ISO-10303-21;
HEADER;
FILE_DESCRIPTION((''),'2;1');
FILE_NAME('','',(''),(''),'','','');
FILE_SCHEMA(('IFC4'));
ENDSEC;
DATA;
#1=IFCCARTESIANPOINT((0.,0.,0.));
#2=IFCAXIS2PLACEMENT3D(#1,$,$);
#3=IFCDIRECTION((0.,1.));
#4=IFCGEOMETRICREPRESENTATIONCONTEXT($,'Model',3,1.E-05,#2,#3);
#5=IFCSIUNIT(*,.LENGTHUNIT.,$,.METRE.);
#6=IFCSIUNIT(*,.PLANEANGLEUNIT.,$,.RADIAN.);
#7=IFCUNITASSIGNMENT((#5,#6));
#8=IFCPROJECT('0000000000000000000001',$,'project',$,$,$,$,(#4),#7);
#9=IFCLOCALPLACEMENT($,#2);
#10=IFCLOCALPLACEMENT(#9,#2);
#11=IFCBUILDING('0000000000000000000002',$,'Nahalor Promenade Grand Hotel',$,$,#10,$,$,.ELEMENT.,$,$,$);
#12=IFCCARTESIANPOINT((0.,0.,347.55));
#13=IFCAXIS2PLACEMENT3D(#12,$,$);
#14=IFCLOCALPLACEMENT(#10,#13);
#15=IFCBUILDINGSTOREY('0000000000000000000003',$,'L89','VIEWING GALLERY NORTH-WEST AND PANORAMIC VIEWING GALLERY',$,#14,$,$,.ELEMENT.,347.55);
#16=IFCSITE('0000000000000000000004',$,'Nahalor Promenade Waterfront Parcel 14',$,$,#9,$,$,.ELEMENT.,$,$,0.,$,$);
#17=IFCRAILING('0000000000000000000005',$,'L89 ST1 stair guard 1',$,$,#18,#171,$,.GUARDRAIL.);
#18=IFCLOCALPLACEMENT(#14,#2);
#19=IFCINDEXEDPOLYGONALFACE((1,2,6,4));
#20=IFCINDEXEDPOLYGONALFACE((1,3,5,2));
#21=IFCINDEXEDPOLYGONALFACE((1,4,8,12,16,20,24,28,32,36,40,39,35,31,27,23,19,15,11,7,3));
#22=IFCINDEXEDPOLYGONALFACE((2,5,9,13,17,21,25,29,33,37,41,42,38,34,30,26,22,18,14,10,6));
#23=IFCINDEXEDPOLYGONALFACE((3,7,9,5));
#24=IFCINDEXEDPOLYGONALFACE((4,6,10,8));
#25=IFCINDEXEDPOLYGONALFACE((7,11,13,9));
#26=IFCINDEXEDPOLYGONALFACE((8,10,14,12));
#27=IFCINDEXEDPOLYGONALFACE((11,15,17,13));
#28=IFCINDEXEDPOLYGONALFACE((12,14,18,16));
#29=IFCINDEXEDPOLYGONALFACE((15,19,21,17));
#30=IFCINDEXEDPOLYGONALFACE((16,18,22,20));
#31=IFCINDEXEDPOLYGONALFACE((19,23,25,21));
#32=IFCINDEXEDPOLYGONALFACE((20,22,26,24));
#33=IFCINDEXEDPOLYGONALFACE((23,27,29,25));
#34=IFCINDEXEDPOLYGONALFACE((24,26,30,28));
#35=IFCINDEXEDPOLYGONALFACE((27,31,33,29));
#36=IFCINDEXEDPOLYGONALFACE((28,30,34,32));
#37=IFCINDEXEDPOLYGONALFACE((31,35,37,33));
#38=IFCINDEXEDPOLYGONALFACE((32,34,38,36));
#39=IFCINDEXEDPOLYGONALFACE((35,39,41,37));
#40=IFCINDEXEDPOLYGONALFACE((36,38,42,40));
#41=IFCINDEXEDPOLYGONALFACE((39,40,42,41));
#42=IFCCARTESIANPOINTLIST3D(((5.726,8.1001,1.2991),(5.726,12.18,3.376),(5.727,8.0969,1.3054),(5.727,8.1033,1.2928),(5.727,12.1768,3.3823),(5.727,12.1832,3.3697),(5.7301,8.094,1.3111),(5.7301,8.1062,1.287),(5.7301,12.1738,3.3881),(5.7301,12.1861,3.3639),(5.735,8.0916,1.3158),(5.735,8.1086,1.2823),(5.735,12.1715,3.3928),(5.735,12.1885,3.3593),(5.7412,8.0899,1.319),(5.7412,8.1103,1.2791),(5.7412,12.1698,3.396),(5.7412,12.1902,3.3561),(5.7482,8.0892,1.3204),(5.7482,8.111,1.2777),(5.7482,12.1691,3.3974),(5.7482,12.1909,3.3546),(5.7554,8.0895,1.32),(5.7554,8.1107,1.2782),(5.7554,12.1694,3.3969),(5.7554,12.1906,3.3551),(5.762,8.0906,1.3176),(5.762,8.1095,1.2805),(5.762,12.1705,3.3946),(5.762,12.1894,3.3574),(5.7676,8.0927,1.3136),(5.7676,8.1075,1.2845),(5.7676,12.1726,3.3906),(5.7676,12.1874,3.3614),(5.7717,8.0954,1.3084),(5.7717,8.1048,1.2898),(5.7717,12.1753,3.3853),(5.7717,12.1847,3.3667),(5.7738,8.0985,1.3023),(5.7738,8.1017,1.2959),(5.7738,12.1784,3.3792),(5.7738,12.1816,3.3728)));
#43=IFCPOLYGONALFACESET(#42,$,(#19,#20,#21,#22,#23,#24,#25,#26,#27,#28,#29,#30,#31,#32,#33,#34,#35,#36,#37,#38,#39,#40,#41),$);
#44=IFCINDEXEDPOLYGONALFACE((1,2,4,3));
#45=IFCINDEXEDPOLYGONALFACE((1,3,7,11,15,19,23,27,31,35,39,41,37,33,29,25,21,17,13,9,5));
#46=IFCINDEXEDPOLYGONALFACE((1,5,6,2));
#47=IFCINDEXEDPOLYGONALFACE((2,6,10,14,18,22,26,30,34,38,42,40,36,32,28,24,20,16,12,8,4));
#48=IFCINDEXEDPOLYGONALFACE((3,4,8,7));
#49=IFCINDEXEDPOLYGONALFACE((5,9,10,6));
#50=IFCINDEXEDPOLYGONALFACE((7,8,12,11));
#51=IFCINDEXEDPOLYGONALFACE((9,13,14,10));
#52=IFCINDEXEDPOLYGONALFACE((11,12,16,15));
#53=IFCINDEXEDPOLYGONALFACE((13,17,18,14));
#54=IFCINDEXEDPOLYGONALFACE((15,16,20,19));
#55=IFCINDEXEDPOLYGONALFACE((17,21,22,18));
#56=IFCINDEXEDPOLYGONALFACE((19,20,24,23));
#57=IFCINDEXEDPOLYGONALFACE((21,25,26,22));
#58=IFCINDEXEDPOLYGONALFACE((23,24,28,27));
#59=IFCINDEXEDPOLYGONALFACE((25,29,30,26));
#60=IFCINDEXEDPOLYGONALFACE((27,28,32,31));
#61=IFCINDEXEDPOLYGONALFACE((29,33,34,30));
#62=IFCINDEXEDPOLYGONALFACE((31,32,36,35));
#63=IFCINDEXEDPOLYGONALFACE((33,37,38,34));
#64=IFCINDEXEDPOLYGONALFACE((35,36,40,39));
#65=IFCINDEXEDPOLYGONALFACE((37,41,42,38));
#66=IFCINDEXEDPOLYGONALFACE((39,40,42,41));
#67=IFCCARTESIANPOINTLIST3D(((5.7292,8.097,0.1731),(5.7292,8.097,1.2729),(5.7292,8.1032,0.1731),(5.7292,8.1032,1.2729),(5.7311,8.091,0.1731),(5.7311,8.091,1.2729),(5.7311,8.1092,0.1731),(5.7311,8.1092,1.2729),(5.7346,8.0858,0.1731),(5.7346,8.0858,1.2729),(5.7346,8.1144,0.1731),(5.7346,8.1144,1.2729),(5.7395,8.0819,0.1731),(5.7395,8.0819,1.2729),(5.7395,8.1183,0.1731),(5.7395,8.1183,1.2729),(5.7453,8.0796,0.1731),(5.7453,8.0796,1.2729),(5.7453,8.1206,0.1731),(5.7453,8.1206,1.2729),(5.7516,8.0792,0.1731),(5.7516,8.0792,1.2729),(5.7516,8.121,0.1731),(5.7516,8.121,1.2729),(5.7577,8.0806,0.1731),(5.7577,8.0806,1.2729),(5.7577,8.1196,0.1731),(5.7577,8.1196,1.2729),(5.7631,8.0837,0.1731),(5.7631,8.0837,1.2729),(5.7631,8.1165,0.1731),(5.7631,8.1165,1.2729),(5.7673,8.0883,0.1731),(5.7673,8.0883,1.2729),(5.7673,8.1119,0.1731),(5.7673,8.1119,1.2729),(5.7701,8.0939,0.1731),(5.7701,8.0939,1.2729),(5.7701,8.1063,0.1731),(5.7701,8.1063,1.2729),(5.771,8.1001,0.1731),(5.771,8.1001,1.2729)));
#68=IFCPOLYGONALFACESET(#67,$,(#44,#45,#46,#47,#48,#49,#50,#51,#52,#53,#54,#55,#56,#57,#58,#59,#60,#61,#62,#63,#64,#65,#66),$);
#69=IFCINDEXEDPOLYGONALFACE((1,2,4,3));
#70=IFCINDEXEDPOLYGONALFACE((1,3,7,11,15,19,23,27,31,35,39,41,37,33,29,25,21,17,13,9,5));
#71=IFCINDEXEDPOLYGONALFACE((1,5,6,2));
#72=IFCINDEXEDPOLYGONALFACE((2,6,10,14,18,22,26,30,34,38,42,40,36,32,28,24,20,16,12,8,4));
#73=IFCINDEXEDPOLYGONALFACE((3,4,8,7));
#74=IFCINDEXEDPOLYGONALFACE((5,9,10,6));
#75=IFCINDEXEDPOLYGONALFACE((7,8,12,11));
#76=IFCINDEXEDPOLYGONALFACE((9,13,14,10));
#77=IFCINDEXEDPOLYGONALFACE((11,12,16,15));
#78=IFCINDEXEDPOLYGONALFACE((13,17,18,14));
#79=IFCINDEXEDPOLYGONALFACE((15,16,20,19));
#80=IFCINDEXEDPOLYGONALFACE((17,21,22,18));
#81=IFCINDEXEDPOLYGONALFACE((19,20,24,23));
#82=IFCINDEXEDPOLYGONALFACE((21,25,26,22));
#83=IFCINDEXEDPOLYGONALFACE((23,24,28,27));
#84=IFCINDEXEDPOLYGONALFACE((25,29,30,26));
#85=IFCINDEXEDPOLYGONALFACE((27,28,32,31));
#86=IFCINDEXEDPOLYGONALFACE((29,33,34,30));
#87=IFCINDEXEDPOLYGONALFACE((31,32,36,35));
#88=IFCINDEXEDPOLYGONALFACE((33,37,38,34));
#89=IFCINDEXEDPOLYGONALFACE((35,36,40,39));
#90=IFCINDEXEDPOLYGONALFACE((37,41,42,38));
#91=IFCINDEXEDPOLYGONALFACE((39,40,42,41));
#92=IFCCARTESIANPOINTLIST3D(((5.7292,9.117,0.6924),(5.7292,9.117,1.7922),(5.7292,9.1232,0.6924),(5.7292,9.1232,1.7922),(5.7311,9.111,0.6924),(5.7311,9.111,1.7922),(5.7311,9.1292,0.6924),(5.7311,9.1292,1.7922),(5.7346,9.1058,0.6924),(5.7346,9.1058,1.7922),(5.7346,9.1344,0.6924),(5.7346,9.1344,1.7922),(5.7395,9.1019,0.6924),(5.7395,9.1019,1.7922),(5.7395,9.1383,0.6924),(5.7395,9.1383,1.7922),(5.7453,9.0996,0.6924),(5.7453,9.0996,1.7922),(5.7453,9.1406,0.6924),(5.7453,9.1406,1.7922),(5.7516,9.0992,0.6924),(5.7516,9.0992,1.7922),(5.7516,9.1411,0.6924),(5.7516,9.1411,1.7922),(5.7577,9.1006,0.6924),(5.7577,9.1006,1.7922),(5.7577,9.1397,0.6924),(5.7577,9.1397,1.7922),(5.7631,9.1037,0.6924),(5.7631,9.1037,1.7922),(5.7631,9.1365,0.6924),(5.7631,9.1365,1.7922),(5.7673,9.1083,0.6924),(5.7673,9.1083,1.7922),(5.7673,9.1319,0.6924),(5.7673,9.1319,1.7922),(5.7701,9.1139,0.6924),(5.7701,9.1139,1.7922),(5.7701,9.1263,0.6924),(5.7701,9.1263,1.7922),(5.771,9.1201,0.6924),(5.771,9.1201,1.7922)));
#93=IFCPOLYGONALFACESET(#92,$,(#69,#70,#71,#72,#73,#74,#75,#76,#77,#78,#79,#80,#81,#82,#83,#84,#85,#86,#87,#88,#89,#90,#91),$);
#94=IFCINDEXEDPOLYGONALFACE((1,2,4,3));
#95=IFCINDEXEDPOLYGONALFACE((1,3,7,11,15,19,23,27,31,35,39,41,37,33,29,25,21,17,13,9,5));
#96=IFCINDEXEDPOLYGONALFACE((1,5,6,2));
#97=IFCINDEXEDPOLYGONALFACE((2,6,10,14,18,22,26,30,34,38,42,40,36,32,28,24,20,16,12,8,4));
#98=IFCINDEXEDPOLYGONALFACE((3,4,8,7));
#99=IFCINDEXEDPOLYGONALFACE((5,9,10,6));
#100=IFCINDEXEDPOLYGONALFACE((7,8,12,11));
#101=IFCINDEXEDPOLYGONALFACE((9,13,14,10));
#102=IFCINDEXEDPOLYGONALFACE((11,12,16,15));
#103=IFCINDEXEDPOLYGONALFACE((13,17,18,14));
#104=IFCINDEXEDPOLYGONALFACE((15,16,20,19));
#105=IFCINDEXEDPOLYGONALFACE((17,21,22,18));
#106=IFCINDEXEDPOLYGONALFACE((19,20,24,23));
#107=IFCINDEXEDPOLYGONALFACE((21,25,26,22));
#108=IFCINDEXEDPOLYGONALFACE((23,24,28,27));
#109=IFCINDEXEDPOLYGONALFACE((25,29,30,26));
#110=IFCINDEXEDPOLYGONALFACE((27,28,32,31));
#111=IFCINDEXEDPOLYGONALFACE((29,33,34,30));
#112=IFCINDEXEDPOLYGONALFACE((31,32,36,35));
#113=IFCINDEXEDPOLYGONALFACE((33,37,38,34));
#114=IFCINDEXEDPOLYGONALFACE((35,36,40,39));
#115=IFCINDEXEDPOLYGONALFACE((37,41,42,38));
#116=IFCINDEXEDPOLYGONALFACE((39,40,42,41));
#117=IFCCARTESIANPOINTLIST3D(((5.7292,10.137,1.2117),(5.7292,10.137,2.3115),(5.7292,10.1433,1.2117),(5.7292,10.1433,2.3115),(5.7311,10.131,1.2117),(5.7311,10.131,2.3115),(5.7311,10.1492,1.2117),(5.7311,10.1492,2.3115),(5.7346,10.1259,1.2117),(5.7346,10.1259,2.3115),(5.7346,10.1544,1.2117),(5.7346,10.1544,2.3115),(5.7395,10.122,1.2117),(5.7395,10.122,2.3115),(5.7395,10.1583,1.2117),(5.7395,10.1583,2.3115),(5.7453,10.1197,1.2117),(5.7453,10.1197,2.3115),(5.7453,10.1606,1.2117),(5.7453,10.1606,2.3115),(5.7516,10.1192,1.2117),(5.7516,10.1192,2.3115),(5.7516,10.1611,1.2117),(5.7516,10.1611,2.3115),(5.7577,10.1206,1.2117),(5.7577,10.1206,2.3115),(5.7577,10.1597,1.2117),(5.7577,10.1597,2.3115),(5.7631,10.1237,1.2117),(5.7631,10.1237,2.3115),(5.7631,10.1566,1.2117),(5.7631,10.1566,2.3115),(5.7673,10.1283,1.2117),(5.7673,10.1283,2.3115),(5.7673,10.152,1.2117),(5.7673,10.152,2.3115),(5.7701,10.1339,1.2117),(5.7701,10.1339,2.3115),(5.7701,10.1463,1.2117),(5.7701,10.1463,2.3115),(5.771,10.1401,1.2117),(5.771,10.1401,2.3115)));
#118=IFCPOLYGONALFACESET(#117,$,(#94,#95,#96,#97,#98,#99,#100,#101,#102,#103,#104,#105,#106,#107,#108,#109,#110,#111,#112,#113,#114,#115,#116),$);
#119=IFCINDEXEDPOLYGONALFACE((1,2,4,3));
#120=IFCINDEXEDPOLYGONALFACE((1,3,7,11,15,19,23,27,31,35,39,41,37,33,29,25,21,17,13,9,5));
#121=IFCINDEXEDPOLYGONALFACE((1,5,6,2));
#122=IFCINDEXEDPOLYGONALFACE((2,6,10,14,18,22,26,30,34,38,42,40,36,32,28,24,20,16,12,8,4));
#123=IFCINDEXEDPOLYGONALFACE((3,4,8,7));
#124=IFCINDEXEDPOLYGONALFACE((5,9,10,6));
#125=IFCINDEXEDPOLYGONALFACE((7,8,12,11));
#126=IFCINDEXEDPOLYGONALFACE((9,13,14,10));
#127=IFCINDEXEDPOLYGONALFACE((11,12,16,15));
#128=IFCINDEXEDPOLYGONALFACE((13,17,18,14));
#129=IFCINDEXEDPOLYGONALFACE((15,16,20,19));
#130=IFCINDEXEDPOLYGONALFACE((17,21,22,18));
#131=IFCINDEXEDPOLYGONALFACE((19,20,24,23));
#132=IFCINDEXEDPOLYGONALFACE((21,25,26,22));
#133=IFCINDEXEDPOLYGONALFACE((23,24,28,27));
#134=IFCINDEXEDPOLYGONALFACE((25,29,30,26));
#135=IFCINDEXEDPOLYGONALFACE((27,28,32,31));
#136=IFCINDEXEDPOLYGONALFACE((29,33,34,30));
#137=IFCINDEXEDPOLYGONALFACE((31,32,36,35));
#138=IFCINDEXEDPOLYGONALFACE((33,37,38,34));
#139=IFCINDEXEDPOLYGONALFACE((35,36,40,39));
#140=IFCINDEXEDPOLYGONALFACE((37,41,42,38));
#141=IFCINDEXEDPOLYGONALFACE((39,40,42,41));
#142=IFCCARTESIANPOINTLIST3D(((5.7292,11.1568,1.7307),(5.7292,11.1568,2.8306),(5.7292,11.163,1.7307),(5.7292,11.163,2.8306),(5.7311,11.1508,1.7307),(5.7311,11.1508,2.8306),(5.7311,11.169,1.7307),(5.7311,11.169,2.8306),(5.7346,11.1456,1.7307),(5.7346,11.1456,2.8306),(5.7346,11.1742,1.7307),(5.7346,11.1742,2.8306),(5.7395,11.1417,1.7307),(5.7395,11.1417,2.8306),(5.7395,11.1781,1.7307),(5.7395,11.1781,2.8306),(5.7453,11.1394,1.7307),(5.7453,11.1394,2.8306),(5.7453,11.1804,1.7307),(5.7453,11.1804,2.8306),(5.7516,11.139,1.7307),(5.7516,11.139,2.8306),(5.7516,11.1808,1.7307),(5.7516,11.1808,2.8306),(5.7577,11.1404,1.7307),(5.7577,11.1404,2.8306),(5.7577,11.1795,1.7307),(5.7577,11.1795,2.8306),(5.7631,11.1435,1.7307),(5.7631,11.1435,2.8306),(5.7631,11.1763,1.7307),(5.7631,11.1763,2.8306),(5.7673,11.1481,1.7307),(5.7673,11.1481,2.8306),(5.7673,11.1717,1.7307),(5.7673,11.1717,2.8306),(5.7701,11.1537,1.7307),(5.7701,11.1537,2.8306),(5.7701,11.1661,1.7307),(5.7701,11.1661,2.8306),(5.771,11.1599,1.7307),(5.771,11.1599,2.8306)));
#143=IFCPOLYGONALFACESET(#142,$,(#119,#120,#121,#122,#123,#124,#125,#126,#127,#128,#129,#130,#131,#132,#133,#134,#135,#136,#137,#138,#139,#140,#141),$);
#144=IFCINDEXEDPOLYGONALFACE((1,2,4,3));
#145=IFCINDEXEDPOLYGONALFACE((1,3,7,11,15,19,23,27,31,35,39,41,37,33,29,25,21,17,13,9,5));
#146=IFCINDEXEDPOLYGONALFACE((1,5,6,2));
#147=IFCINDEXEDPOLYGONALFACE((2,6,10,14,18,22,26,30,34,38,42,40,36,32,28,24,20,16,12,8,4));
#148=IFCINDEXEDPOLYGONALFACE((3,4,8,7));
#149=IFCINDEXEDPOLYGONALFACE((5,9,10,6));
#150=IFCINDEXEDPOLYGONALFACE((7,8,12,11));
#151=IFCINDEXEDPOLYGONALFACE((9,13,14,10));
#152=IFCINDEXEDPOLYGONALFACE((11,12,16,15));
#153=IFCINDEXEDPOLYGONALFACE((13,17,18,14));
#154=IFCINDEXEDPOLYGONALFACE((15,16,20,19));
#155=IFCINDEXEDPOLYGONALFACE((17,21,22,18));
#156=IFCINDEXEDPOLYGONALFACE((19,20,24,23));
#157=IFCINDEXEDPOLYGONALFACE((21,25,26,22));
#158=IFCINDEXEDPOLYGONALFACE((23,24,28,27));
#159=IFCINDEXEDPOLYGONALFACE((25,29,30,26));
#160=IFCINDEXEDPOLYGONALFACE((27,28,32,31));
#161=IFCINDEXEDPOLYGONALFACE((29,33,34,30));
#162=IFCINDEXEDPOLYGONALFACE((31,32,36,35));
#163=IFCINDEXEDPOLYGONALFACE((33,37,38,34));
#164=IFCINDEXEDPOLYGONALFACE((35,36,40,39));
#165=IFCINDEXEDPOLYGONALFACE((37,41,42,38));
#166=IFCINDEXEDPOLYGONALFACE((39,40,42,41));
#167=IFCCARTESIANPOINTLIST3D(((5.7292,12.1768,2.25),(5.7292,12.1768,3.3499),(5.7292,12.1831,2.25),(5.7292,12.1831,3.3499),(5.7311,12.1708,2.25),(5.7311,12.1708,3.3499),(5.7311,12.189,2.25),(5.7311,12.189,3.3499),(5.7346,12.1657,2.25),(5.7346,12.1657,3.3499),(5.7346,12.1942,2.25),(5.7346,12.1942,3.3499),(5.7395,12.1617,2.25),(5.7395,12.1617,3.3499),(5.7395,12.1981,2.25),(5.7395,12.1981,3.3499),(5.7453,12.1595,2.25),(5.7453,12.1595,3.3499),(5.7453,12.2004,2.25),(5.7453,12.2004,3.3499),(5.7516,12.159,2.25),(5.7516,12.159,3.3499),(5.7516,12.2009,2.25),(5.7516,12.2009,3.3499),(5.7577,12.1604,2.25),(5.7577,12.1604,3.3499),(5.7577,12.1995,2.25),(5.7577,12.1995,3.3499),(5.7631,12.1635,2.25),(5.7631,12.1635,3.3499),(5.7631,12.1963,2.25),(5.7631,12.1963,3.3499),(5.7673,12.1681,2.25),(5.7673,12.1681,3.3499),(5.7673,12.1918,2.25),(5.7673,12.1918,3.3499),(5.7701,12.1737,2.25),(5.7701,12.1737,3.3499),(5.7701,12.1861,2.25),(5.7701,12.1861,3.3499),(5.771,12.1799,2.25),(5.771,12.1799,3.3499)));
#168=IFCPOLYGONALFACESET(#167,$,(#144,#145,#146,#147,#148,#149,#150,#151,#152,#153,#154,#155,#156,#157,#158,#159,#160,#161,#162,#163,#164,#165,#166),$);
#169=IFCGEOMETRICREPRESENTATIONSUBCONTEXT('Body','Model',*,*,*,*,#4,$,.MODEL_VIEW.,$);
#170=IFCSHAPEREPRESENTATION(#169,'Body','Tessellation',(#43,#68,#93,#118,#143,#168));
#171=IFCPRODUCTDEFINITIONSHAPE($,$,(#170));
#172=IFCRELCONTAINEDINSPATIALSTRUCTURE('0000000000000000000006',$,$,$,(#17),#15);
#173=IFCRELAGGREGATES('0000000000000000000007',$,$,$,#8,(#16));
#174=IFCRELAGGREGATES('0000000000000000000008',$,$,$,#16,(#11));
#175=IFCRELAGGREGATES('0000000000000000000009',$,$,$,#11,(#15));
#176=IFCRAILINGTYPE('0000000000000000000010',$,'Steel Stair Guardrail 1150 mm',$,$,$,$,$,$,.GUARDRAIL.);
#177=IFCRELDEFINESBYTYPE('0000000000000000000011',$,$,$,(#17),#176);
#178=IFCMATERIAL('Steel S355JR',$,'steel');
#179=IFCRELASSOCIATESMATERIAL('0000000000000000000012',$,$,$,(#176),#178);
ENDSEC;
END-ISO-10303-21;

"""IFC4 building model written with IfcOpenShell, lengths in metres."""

from ifc_helpers import new_model, si_unit, direction, frame, origin, origin_2d, place, context, subcontext, project, spatial, circle, extrude, material, type_object, element, save


model = new_model("IFC4")

# Units and contexts
model_context = context("Model", 3, precision=1e-05, world=origin(), true_north=direction((0.0, 1.0)))
body_context = subcontext(model_context, "Body", "Model", "MODEL_VIEW")
ifc_project = project(units=[si_unit("LENGTHUNIT", "METRE"), si_unit("PLANEANGLEUNIT", "RADIAN")], contexts=[model_context])

# Site, building, storey
site_placement = place(None, origin())
site = spatial("IfcSite", under=ifc_project, at=site_placement, Name="Nahalor Promenade Waterfront Parcel 14", CompositionType="ELEMENT", RefElevation=0.0)
building_placement = place(site_placement, origin())
building = spatial("IfcBuilding", under=site, at=building_placement, Name="Nahalor Promenade Grand Hotel", CompositionType="ELEMENT")
storey_placement = place(building_placement, frame((0.0, 0.0, 347.55)))
storey = spatial("IfcBuildingStorey", under=building, at=storey_placement, Name="L89", Description="VIEWING GALLERY NORTH-WEST AND PANORAMIC VIEWING GALLERY", CompositionType="ELEMENT", Elevation=347.55)

# Shared definitions
ifc_material_1 = material(Name="Steel S355JR", Category="steel")

# Railing
railing_type_1 = type_object("IfcRailingType", Name="Steel Stair Guardrail 1150 mm", PredefinedType="GUARDRAIL", material=ifc_material_1)
railing_1_placement = place(storey_placement, frame((5.75, 8.1001, 0.1731)))
element("IfcRailing", 1, at=railing_1_placement, inside=storey, type_object=railing_type_1, Name="L89 ST1 stair guard 1", PredefinedType="GUARDRAIL", context=body_context, shape_type="SweptSolid", body=[
    extrude(circle(Radius=0.024, at=origin_2d()), frame((0.0, 0.0, 1.126), z_axis=(0.0, 0.891172, 0.453665), x_axis=(-1.0, 0.0, 0.0)), (0.0, 0.0, 1.0), 4.5781),
    extrude(circle(Radius=0.021, at=origin_2d()), origin(), (0.0, 0.0, 1.0), 1.0999),
    extrude(circle(Radius=0.021, at=origin_2d()), frame((0.0, 1.02, 0.5193)), (0.0, 0.0, 1.0), 1.0999),
    extrude(circle(Radius=0.021, at=origin_2d()), frame((0.0, 2.04, 1.0386)), (0.0, 0.0, 1.0), 1.0999),
    extrude(circle(Radius=0.021, at=origin_2d()), frame((0.0, 3.0598, 1.5576)), (0.0, 0.0, 1.0), 1.0999),
    extrude(circle(Radius=0.021, at=origin_2d()), frame((0.0, 4.0798, 2.0769)), (0.0, 0.0, 1.0), 1.0999),
])

save(model, "model.ifc")
